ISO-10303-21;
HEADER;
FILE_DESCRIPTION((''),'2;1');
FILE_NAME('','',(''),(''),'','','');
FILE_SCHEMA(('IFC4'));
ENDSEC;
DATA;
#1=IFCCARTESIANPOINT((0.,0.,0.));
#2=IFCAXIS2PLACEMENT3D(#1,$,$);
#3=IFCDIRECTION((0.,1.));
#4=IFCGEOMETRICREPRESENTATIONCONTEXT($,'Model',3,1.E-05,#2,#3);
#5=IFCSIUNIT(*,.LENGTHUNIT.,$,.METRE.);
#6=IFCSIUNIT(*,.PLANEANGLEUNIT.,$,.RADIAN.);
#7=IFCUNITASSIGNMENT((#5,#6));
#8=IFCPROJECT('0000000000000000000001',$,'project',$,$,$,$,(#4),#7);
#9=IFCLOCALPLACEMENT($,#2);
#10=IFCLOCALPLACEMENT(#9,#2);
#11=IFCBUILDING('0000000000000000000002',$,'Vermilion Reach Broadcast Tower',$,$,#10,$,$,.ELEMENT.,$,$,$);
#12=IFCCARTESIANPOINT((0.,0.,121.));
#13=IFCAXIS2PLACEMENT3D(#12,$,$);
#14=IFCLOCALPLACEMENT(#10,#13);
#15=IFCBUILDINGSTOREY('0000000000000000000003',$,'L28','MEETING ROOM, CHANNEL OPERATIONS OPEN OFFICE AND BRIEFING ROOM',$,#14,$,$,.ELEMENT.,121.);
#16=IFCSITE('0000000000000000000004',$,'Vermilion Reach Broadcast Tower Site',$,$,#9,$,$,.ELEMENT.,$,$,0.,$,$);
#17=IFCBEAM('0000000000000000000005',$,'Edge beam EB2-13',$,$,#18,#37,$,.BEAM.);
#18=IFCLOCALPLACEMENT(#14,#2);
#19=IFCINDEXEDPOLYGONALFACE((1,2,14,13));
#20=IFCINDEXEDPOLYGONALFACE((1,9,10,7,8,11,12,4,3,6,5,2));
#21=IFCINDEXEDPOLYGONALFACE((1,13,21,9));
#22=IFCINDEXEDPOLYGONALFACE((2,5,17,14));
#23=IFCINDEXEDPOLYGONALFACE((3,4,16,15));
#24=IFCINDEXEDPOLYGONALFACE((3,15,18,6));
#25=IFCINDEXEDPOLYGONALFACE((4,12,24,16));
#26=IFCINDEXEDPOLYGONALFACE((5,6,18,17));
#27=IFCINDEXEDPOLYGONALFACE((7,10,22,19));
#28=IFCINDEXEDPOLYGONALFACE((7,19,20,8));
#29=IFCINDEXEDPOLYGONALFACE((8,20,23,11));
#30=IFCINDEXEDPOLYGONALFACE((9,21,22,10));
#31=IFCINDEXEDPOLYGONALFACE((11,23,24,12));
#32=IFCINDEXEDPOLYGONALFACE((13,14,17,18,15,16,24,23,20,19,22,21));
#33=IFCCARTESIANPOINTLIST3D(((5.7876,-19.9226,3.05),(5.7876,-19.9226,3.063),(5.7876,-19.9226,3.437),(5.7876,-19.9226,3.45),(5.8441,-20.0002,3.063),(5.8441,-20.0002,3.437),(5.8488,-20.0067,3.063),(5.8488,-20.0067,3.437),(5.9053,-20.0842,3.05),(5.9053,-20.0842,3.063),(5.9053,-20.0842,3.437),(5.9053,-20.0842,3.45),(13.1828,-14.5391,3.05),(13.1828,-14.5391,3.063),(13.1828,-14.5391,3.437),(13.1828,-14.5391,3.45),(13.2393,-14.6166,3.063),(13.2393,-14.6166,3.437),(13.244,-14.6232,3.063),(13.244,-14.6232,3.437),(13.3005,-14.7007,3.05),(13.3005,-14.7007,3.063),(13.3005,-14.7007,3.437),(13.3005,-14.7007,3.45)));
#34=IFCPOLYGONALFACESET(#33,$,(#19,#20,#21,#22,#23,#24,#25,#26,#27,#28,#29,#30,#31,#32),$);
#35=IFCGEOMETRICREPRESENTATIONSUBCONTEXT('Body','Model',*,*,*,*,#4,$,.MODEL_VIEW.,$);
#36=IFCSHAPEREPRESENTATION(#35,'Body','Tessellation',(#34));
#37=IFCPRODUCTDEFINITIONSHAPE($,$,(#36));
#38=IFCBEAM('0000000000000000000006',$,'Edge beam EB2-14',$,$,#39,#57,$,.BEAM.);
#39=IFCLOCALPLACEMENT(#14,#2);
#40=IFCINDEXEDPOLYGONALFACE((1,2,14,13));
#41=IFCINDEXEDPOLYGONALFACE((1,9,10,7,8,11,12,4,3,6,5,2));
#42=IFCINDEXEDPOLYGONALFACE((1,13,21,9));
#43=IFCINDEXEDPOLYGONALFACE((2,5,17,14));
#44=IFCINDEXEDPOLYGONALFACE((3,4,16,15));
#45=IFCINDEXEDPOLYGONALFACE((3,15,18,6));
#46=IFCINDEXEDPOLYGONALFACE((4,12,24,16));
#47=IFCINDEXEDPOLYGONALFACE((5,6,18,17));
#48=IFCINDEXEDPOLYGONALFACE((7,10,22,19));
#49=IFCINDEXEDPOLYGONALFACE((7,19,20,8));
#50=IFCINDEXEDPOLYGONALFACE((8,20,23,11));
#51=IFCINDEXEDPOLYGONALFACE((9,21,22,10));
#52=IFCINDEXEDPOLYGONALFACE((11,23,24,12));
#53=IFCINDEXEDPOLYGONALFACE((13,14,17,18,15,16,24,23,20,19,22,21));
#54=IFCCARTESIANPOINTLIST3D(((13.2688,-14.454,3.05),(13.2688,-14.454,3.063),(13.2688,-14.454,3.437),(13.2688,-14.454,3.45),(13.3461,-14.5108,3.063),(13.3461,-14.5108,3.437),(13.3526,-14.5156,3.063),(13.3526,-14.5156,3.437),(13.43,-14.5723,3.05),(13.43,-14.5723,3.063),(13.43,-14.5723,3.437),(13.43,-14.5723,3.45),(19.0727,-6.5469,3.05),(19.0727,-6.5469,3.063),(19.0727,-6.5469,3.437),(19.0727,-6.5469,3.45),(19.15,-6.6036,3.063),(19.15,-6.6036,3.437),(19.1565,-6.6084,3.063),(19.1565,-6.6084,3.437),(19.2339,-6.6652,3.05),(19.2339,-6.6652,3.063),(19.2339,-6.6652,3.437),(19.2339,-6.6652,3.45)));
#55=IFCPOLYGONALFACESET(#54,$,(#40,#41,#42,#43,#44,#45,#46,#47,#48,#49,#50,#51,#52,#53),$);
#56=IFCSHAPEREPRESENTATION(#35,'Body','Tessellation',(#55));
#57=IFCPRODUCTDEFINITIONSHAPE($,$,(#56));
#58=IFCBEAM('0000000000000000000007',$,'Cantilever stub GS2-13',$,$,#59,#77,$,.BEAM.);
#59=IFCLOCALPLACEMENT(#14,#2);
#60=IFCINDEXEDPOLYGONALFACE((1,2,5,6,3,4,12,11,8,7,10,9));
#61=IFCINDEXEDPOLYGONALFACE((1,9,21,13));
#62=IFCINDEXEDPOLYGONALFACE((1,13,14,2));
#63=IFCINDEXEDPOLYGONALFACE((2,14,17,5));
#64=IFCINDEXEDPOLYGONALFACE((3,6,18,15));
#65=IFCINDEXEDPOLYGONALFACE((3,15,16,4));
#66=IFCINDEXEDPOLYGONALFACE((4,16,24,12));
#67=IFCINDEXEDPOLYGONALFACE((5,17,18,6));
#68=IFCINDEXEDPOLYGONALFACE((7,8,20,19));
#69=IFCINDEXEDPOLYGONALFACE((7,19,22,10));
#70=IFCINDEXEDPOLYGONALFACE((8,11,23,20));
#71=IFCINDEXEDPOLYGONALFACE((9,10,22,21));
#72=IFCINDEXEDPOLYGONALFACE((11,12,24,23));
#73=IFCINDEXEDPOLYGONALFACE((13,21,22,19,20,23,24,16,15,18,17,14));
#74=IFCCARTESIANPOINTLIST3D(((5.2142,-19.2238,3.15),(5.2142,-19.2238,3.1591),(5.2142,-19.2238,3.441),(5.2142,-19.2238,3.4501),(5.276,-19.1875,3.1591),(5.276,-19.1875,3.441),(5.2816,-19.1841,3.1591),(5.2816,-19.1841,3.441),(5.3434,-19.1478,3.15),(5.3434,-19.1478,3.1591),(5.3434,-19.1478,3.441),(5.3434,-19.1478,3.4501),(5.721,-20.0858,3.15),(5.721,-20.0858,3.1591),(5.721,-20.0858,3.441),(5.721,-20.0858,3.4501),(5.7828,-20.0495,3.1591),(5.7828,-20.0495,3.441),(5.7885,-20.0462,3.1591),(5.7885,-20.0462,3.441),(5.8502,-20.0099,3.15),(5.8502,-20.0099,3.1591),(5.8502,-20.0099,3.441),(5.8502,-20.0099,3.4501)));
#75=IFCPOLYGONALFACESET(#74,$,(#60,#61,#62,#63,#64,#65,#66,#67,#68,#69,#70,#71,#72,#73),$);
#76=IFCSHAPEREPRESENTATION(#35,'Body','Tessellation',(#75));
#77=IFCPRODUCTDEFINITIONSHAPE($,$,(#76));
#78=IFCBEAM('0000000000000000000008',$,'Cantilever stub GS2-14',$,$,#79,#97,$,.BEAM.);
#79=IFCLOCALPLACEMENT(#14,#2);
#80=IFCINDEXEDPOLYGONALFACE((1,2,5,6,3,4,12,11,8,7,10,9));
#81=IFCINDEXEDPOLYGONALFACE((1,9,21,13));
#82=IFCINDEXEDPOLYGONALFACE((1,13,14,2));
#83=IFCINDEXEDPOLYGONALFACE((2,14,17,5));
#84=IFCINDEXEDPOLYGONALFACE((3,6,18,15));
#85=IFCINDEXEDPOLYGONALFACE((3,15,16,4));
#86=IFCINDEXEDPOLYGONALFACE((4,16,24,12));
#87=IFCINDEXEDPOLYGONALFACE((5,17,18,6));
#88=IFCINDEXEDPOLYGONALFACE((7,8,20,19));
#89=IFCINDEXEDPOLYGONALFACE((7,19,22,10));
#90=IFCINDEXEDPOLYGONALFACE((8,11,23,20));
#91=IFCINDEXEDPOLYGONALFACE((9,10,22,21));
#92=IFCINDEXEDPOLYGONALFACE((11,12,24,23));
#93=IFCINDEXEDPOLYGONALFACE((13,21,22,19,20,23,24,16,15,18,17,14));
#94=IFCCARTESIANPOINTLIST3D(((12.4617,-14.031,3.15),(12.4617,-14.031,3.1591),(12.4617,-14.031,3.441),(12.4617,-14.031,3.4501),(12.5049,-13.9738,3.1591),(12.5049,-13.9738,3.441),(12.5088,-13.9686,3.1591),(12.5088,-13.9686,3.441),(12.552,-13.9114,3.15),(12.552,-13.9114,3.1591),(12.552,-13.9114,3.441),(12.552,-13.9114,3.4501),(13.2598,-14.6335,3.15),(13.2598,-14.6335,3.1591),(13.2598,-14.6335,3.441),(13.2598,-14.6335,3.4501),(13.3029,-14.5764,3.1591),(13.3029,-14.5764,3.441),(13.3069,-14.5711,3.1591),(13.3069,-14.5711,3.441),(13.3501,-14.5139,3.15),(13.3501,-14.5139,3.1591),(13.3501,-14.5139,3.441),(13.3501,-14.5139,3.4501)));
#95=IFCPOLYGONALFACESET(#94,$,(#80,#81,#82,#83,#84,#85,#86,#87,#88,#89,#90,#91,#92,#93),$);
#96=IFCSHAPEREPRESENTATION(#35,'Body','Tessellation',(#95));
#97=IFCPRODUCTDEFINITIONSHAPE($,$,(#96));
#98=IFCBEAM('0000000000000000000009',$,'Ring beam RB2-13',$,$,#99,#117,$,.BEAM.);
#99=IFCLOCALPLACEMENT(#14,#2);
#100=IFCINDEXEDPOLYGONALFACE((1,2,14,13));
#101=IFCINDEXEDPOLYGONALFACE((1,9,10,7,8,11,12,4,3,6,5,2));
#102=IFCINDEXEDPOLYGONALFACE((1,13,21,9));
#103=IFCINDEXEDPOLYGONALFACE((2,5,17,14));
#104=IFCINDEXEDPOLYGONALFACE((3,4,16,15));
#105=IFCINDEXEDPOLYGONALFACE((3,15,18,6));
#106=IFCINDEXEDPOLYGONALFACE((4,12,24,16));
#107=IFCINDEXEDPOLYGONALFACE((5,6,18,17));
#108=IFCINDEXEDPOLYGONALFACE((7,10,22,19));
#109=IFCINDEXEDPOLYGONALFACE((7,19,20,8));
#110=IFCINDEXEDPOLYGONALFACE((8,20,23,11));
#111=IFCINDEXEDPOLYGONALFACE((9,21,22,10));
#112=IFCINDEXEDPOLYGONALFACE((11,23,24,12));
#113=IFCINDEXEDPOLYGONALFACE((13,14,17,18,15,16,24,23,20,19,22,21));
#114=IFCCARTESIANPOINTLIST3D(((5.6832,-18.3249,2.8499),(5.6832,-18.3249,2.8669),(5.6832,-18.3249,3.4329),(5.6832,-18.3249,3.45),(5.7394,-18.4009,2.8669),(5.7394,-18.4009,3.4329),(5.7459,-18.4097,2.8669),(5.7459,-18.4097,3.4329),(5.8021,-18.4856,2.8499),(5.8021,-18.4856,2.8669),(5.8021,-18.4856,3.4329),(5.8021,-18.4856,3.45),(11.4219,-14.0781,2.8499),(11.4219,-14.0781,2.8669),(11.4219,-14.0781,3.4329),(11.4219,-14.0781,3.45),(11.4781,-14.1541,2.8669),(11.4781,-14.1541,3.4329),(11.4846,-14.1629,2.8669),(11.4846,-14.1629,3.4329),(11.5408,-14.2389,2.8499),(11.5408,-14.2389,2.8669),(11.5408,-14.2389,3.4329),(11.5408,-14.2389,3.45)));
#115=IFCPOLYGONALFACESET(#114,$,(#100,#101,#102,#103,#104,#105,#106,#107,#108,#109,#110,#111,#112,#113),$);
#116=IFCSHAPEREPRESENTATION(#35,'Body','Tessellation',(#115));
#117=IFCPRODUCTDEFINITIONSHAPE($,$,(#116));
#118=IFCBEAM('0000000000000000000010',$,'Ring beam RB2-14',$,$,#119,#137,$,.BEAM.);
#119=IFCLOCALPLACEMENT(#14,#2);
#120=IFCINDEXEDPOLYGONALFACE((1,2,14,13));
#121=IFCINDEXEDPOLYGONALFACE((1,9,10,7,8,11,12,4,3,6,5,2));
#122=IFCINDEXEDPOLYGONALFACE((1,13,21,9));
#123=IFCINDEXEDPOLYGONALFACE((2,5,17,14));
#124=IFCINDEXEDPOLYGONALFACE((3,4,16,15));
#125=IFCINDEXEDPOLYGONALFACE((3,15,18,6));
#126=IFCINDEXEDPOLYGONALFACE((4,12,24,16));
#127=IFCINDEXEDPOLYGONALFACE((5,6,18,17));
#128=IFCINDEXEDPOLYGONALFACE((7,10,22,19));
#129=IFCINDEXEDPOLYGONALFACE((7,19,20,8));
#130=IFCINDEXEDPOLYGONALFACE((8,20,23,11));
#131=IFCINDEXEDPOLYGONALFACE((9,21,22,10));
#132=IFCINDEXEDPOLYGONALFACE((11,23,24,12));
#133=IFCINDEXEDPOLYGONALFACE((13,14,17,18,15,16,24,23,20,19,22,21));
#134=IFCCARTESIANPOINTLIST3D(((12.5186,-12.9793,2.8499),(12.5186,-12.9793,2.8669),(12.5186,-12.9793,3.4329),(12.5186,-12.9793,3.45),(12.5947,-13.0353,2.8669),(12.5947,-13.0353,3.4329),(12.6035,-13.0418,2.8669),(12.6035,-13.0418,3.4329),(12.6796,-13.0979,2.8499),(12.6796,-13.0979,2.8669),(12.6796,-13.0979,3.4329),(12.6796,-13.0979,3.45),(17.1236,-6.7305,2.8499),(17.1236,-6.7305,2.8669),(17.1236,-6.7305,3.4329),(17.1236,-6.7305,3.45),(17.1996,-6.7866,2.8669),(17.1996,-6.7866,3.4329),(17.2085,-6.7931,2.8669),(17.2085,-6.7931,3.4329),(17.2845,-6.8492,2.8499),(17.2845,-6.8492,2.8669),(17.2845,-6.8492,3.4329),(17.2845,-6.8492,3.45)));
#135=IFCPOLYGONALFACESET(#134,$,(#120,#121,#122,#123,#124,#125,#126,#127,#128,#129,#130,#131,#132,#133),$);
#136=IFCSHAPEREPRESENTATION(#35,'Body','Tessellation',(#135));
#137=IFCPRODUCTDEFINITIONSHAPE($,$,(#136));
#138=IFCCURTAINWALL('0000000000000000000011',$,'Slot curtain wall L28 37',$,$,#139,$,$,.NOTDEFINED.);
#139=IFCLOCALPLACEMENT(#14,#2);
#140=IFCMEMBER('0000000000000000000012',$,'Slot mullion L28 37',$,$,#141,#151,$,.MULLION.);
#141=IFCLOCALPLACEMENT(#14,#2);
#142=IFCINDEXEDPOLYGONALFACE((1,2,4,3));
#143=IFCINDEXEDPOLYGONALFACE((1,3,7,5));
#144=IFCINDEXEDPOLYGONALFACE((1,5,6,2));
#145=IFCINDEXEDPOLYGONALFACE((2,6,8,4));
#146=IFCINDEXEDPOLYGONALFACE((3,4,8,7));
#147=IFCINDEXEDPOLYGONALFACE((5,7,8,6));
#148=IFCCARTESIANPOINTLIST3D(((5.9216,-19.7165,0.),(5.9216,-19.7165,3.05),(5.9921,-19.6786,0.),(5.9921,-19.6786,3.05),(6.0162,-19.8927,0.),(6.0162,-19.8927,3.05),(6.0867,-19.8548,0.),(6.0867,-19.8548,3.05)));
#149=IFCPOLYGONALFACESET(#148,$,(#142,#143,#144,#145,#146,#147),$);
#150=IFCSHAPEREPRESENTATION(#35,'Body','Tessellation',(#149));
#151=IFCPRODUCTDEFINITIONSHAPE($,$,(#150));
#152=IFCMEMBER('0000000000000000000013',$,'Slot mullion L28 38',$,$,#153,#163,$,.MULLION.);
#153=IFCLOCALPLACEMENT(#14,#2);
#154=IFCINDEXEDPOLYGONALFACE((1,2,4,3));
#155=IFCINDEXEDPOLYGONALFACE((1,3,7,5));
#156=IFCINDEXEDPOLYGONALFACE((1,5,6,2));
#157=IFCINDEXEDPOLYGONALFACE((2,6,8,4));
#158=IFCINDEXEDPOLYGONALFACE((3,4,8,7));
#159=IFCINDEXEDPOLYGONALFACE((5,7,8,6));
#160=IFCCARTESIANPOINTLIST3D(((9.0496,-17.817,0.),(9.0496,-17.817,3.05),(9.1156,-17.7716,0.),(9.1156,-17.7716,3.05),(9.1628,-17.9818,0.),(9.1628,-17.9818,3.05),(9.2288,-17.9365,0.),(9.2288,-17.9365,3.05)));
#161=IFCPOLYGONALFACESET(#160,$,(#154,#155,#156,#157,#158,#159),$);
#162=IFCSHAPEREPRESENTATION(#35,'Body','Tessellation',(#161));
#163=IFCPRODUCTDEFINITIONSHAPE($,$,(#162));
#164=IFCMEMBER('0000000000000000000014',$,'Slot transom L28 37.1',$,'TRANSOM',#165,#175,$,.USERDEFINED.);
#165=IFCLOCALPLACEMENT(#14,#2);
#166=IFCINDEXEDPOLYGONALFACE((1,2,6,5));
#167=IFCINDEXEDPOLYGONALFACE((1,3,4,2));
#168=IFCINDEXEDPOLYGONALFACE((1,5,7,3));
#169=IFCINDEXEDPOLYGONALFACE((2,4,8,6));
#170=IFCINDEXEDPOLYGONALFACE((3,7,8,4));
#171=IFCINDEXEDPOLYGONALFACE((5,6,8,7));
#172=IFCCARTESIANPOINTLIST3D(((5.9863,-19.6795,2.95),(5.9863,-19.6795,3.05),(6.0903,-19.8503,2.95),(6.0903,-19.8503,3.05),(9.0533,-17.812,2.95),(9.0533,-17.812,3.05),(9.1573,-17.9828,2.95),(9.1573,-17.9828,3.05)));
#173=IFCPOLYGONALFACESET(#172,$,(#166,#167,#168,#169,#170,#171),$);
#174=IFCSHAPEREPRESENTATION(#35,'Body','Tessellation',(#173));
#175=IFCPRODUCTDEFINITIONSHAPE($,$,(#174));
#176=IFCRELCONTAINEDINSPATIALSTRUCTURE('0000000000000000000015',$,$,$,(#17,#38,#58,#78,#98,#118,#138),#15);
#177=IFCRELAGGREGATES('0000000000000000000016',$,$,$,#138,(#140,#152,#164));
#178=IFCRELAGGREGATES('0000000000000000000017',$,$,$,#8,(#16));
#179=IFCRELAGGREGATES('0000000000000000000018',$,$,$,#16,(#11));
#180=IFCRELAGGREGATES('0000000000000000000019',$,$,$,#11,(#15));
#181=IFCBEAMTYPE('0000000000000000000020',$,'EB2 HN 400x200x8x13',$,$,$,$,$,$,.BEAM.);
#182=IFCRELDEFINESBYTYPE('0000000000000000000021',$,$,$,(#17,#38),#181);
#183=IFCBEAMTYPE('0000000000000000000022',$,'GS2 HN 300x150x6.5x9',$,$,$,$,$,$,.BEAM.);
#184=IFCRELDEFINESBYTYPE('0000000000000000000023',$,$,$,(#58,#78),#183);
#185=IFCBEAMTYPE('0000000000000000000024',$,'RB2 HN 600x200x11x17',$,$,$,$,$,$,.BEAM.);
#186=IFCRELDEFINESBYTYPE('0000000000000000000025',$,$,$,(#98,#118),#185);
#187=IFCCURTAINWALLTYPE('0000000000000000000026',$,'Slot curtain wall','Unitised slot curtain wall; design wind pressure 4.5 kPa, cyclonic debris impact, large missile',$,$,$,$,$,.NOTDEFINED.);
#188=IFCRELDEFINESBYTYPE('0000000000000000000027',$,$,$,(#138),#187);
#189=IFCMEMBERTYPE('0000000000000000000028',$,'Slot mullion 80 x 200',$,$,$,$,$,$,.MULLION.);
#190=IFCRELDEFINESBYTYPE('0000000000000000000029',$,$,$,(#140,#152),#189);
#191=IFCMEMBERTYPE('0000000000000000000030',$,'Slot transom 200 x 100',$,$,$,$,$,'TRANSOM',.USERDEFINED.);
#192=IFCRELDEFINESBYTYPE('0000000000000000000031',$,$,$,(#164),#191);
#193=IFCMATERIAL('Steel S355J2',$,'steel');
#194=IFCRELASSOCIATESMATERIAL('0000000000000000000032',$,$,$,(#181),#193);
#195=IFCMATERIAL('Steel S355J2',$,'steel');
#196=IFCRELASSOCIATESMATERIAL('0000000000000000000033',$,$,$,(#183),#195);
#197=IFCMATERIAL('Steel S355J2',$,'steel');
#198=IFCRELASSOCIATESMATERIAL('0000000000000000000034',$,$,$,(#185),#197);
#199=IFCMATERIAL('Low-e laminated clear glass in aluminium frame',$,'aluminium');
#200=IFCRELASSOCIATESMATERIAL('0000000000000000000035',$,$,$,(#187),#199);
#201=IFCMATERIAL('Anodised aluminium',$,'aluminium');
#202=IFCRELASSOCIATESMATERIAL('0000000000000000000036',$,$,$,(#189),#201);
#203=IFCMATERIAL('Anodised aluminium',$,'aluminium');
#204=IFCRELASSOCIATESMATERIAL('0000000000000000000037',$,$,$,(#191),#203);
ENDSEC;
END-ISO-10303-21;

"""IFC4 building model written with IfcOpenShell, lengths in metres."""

from ifc_helpers import new_model, si_unit, direction, frame, origin, origin_2d, place, context, subcontext, project, spatial, rectangle, i_section, extrude, material, material_profile, profile_set, type_object, element, aggregate, save


model = new_model("IFC4")

# Units and contexts
model_context = context("Model", 3, precision=1e-05, world=origin(), true_north=direction((0.0, 1.0)))
body_context = subcontext(model_context, "Body", "Model", "MODEL_VIEW")
ifc_project = project(units=[si_unit("LENGTHUNIT", "METRE"), si_unit("PLANEANGLEUNIT", "RADIAN")], contexts=[model_context])

# Site, building, storey
site_placement = place(None, origin())
site = spatial("IfcSite", under=ifc_project, at=site_placement, Name="Vermilion Reach Broadcast Tower Site", CompositionType="ELEMENT", RefElevation=0.0)
building_placement = place(site_placement, origin())
building = spatial("IfcBuilding", under=site, at=building_placement, Name="Vermilion Reach Broadcast Tower", CompositionType="ELEMENT")
storey_placement = place(building_placement, frame((0.0, 0.0, 121.0)))
storey = spatial("IfcBuildingStorey", under=building, at=storey_placement, Name="L28", Description="MEETING ROOM, CHANNEL OPERATIONS OPEN OFFICE AND BRIEFING ROOM", CompositionType="ELEMENT", Elevation=121.0)

# Beams
ifc_material_1 = material(Name="Steel S355J2", Category="steel")
ifc_material_profile_1 = material_profile(ifc_material_1, i_section(OverallWidth=0.2, OverallDepth=0.3999, WebThickness=0.0081, FlangeThickness=0.0129, at=origin_2d()), Name="S355J2 HN 400x200x8x13")
ifc_profile_set_1 = profile_set([ifc_material_profile_1], Name="Steel S355J2")
beam_type_1 = type_object("IfcBeamType", Name="EB2 HN 400x200x8x13", PredefinedType="BEAM", material=ifc_profile_set_1)
beam_1_placement = place(storey_placement, frame((5.8464, -20.0034, 3.25), z_axis=(0.808467, 0.588541, 0.0), x_axis=(-0.588541, 0.808467, 0.0)))
element("IfcBeam", 1, at=beam_1_placement, inside=storey, type_object=beam_type_1, Name="Edge beam EB2-13", PredefinedType="BEAM", context=body_context, shape_type="SweptSolid", body=[
    extrude(i_section(OverallWidth=0.2, OverallDepth=0.3999, WebThickness=0.0081, FlangeThickness=0.0129, at=origin_2d()), origin(), (0.0, 0.0, 1.0), 9.1472),
])
beam_2_placement = place(storey_placement, frame((13.3494, -14.5132, 3.25), z_axis=(0.591716, 0.806146, 0.0), x_axis=(-0.806146, 0.591716, 0.0)))
element("IfcBeam", 2, at=beam_2_placement, inside=storey, type_object=beam_type_1, Name="Edge beam EB2-14", PredefinedType="BEAM", context=body_context, shape_type="SweptSolid", body=[
    extrude(i_section(OverallWidth=0.2, OverallDepth=0.3999, WebThickness=0.0081, FlangeThickness=0.0129, at=origin_2d()), origin(), (0.0, 0.0, 1.0), 9.8086),
])
ifc_material_2 = material(Name="Steel S355J2", Category="steel")
ifc_material_profile_2 = material_profile(ifc_material_2, i_section(OverallWidth=0.1499, OverallDepth=0.3, WebThickness=0.0066, FlangeThickness=0.009, at=origin_2d()), Name="S355J2 HN 300x150x6.5x9")
ifc_profile_set_2 = profile_set([ifc_material_profile_2], Name="Steel S355J2")
beam_type_2 = type_object("IfcBeamType", Name="GS2 HN 300x150x6.5x9", PredefinedType="BEAM", material=ifc_profile_set_2)
for number, where, z_axis, x_axis, name in (
    (3, (5.2788, -19.1858, 3.3), (0.506828, -0.862047, 0.0), (0.862047, 0.506828, 0.0), "Cantilever stub GS2-13"),
    (4, (12.5068, -13.9712, 3.3), (0.798092, -0.602536, 0.0), (0.602536, 0.798092, 0.0), "Cantilever stub GS2-14"),
):
    element("IfcBeam", number, at=place(storey_placement, frame(where, z_axis=z_axis, x_axis=x_axis)), inside=storey, type_object=beam_type_2, Name=name, PredefinedType="BEAM", context=body_context, shape_type="SweptSolid", body=[
        extrude(i_section(OverallWidth=0.1499, OverallDepth=0.3, WebThickness=0.0066, FlangeThickness=0.009, at=origin_2d()), origin(), (0.0, 0.0, 1.0), 1.0),
    ])
ifc_material_3 = material(Name="Steel S355J2", Category="steel")
ifc_material_profile_3 = material_profile(ifc_material_3, i_section(OverallWidth=0.2, OverallDepth=0.6001, WebThickness=0.011, FlangeThickness=0.0171, at=origin_2d()), Name="S355J2 HN 600x200x11x17")
ifc_profile_set_3 = profile_set([ifc_material_profile_3], Name="Steel S355J2")
beam_type_3 = type_object("IfcBeamType", Name="RB2 HN 600x200x11x17", PredefinedType="BEAM", material=ifc_profile_set_3)
beam_3_placement = place(storey_placement, frame((5.7427, -18.4053, 3.1499), z_axis=(0.803833, 0.594855, 0.0), x_axis=(-0.594855, 0.803833, 0.0)))
element("IfcBeam", 5, at=beam_3_placement, inside=storey, type_object=beam_type_3, Name="Ring beam RB2-13", PredefinedType="BEAM", context=body_context, shape_type="SweptSolid", body=[
    extrude(i_section(OverallWidth=0.2, OverallDepth=0.6001, WebThickness=0.011, FlangeThickness=0.0171, at=origin_2d()), origin(), (0.0, 0.0, 1.0), 7.1392),
])
beam_4_placement = place(storey_placement, frame((12.5991, -13.0386, 3.1499), z_axis=(0.593251, 0.805018, 0.0), x_axis=(-0.805018, 0.593251, 0.0)))
element("IfcBeam", 6, at=beam_4_placement, inside=storey, type_object=beam_type_3, Name="Ring beam RB2-14", PredefinedType="BEAM", context=body_context, shape_type="SweptSolid", body=[
    extrude(i_section(OverallWidth=0.2, OverallDepth=0.6001, WebThickness=0.011, FlangeThickness=0.0171, at=origin_2d()), origin(), (0.0, 0.0, 1.0), 7.7622),
])

# Curtain wall, members
ifc_material_4 = material(Name="Low-e laminated clear glass in aluminium frame", Category="aluminium")
curtain_wall_type = type_object("IfcCurtainWallType", Name="Slot curtain wall", Description="Unitised slot curtain wall; design wind pressure 4.5 kPa, cyclonic debris impact, large missile", PredefinedType="NOTDEFINED", material=ifc_material_4)
curtain_wall_placement = place(storey_placement, origin())
curtain_wall = element("IfcCurtainWall", 7, at=curtain_wall_placement, inside=storey, type_object=curtain_wall_type, Name="Slot curtain wall L28 37", PredefinedType="NOTDEFINED")
ifc_material_5 = material(Name="Anodised aluminium", Category="aluminium")
ifc_material_profile_4 = material_profile(ifc_material_5, rectangle(XDim=0.2, YDim=0.0801, at=origin_2d()), Name="Slot mullion 80 x 200")
ifc_profile_set_4 = profile_set([ifc_material_profile_4], Name="Anodised aluminium")
member_type_1 = type_object("IfcMemberType", Name="Slot mullion 80 x 200", PredefinedType="MULLION", material=ifc_profile_set_4)
member_1_placement = place(storey_placement, frame((6.0042, -19.7856, 0.0), z_axis=(0.0, 0.0, 1.0), x_axis=(-0.473257, 0.880924, 0.0)))
member_1 = element("IfcMember", 8, at=member_1_placement, type_object=member_type_1, Name="Slot mullion L28 37", PredefinedType="MULLION", context=body_context, shape_type="SweptSolid", body=[
    extrude(rectangle(XDim=0.2, YDim=0.0801, at=origin_2d()), origin(), (0.0, 0.0, 1.0), 3.05),
])
member_2_placement = place(storey_placement, frame((9.1392, -17.8767, 0.0), z_axis=(0.0, 0.0, 1.0), x_axis=(-0.566133, 0.824314, 0.0)))
member_2 = element("IfcMember", 9, at=member_2_placement, type_object=member_type_1, Name="Slot mullion L28 38", PredefinedType="MULLION", context=body_context, shape_type="SweptSolid", body=[
    extrude(rectangle(XDim=0.2, YDim=0.0801, at=origin_2d()), origin(), (0.0, 0.0, 1.0), 3.05),
])
ifc_material_6 = material(Name="Anodised aluminium", Category="aluminium")
ifc_material_profile_5 = material_profile(ifc_material_6, rectangle(XDim=0.2, YDim=0.1001, at=origin_2d()), Name="Slot transom 200 x 100")
ifc_profile_set_5 = profile_set([ifc_material_profile_5], Name="Anodised aluminium")
member_type_2 = type_object("IfcMemberType", Name="Slot transom 200 x 100", ElementType="TRANSOM", PredefinedType="USERDEFINED", material=ifc_profile_set_5)
member_3_placement = place(storey_placement, frame((6.0383, -19.7649, 3.0), z_axis=(0.854121, 0.520074, 0.0), x_axis=(-0.520074, 0.854121, 0.0)))
member_3 = element("IfcMember", 10, at=member_3_placement, type_object=member_type_2, Name="Slot transom L28 37.1", ObjectType="TRANSOM", PredefinedType="USERDEFINED", context=body_context, shape_type="SweptSolid", body=[
    extrude(rectangle(XDim=0.2, YDim=0.1001, at=origin_2d()), origin(), (0.0, 0.0, 1.0), 3.5908),
])
aggregate(curtain_wall, [member_1, member_2, member_3])

save(model, "model.ifc")
